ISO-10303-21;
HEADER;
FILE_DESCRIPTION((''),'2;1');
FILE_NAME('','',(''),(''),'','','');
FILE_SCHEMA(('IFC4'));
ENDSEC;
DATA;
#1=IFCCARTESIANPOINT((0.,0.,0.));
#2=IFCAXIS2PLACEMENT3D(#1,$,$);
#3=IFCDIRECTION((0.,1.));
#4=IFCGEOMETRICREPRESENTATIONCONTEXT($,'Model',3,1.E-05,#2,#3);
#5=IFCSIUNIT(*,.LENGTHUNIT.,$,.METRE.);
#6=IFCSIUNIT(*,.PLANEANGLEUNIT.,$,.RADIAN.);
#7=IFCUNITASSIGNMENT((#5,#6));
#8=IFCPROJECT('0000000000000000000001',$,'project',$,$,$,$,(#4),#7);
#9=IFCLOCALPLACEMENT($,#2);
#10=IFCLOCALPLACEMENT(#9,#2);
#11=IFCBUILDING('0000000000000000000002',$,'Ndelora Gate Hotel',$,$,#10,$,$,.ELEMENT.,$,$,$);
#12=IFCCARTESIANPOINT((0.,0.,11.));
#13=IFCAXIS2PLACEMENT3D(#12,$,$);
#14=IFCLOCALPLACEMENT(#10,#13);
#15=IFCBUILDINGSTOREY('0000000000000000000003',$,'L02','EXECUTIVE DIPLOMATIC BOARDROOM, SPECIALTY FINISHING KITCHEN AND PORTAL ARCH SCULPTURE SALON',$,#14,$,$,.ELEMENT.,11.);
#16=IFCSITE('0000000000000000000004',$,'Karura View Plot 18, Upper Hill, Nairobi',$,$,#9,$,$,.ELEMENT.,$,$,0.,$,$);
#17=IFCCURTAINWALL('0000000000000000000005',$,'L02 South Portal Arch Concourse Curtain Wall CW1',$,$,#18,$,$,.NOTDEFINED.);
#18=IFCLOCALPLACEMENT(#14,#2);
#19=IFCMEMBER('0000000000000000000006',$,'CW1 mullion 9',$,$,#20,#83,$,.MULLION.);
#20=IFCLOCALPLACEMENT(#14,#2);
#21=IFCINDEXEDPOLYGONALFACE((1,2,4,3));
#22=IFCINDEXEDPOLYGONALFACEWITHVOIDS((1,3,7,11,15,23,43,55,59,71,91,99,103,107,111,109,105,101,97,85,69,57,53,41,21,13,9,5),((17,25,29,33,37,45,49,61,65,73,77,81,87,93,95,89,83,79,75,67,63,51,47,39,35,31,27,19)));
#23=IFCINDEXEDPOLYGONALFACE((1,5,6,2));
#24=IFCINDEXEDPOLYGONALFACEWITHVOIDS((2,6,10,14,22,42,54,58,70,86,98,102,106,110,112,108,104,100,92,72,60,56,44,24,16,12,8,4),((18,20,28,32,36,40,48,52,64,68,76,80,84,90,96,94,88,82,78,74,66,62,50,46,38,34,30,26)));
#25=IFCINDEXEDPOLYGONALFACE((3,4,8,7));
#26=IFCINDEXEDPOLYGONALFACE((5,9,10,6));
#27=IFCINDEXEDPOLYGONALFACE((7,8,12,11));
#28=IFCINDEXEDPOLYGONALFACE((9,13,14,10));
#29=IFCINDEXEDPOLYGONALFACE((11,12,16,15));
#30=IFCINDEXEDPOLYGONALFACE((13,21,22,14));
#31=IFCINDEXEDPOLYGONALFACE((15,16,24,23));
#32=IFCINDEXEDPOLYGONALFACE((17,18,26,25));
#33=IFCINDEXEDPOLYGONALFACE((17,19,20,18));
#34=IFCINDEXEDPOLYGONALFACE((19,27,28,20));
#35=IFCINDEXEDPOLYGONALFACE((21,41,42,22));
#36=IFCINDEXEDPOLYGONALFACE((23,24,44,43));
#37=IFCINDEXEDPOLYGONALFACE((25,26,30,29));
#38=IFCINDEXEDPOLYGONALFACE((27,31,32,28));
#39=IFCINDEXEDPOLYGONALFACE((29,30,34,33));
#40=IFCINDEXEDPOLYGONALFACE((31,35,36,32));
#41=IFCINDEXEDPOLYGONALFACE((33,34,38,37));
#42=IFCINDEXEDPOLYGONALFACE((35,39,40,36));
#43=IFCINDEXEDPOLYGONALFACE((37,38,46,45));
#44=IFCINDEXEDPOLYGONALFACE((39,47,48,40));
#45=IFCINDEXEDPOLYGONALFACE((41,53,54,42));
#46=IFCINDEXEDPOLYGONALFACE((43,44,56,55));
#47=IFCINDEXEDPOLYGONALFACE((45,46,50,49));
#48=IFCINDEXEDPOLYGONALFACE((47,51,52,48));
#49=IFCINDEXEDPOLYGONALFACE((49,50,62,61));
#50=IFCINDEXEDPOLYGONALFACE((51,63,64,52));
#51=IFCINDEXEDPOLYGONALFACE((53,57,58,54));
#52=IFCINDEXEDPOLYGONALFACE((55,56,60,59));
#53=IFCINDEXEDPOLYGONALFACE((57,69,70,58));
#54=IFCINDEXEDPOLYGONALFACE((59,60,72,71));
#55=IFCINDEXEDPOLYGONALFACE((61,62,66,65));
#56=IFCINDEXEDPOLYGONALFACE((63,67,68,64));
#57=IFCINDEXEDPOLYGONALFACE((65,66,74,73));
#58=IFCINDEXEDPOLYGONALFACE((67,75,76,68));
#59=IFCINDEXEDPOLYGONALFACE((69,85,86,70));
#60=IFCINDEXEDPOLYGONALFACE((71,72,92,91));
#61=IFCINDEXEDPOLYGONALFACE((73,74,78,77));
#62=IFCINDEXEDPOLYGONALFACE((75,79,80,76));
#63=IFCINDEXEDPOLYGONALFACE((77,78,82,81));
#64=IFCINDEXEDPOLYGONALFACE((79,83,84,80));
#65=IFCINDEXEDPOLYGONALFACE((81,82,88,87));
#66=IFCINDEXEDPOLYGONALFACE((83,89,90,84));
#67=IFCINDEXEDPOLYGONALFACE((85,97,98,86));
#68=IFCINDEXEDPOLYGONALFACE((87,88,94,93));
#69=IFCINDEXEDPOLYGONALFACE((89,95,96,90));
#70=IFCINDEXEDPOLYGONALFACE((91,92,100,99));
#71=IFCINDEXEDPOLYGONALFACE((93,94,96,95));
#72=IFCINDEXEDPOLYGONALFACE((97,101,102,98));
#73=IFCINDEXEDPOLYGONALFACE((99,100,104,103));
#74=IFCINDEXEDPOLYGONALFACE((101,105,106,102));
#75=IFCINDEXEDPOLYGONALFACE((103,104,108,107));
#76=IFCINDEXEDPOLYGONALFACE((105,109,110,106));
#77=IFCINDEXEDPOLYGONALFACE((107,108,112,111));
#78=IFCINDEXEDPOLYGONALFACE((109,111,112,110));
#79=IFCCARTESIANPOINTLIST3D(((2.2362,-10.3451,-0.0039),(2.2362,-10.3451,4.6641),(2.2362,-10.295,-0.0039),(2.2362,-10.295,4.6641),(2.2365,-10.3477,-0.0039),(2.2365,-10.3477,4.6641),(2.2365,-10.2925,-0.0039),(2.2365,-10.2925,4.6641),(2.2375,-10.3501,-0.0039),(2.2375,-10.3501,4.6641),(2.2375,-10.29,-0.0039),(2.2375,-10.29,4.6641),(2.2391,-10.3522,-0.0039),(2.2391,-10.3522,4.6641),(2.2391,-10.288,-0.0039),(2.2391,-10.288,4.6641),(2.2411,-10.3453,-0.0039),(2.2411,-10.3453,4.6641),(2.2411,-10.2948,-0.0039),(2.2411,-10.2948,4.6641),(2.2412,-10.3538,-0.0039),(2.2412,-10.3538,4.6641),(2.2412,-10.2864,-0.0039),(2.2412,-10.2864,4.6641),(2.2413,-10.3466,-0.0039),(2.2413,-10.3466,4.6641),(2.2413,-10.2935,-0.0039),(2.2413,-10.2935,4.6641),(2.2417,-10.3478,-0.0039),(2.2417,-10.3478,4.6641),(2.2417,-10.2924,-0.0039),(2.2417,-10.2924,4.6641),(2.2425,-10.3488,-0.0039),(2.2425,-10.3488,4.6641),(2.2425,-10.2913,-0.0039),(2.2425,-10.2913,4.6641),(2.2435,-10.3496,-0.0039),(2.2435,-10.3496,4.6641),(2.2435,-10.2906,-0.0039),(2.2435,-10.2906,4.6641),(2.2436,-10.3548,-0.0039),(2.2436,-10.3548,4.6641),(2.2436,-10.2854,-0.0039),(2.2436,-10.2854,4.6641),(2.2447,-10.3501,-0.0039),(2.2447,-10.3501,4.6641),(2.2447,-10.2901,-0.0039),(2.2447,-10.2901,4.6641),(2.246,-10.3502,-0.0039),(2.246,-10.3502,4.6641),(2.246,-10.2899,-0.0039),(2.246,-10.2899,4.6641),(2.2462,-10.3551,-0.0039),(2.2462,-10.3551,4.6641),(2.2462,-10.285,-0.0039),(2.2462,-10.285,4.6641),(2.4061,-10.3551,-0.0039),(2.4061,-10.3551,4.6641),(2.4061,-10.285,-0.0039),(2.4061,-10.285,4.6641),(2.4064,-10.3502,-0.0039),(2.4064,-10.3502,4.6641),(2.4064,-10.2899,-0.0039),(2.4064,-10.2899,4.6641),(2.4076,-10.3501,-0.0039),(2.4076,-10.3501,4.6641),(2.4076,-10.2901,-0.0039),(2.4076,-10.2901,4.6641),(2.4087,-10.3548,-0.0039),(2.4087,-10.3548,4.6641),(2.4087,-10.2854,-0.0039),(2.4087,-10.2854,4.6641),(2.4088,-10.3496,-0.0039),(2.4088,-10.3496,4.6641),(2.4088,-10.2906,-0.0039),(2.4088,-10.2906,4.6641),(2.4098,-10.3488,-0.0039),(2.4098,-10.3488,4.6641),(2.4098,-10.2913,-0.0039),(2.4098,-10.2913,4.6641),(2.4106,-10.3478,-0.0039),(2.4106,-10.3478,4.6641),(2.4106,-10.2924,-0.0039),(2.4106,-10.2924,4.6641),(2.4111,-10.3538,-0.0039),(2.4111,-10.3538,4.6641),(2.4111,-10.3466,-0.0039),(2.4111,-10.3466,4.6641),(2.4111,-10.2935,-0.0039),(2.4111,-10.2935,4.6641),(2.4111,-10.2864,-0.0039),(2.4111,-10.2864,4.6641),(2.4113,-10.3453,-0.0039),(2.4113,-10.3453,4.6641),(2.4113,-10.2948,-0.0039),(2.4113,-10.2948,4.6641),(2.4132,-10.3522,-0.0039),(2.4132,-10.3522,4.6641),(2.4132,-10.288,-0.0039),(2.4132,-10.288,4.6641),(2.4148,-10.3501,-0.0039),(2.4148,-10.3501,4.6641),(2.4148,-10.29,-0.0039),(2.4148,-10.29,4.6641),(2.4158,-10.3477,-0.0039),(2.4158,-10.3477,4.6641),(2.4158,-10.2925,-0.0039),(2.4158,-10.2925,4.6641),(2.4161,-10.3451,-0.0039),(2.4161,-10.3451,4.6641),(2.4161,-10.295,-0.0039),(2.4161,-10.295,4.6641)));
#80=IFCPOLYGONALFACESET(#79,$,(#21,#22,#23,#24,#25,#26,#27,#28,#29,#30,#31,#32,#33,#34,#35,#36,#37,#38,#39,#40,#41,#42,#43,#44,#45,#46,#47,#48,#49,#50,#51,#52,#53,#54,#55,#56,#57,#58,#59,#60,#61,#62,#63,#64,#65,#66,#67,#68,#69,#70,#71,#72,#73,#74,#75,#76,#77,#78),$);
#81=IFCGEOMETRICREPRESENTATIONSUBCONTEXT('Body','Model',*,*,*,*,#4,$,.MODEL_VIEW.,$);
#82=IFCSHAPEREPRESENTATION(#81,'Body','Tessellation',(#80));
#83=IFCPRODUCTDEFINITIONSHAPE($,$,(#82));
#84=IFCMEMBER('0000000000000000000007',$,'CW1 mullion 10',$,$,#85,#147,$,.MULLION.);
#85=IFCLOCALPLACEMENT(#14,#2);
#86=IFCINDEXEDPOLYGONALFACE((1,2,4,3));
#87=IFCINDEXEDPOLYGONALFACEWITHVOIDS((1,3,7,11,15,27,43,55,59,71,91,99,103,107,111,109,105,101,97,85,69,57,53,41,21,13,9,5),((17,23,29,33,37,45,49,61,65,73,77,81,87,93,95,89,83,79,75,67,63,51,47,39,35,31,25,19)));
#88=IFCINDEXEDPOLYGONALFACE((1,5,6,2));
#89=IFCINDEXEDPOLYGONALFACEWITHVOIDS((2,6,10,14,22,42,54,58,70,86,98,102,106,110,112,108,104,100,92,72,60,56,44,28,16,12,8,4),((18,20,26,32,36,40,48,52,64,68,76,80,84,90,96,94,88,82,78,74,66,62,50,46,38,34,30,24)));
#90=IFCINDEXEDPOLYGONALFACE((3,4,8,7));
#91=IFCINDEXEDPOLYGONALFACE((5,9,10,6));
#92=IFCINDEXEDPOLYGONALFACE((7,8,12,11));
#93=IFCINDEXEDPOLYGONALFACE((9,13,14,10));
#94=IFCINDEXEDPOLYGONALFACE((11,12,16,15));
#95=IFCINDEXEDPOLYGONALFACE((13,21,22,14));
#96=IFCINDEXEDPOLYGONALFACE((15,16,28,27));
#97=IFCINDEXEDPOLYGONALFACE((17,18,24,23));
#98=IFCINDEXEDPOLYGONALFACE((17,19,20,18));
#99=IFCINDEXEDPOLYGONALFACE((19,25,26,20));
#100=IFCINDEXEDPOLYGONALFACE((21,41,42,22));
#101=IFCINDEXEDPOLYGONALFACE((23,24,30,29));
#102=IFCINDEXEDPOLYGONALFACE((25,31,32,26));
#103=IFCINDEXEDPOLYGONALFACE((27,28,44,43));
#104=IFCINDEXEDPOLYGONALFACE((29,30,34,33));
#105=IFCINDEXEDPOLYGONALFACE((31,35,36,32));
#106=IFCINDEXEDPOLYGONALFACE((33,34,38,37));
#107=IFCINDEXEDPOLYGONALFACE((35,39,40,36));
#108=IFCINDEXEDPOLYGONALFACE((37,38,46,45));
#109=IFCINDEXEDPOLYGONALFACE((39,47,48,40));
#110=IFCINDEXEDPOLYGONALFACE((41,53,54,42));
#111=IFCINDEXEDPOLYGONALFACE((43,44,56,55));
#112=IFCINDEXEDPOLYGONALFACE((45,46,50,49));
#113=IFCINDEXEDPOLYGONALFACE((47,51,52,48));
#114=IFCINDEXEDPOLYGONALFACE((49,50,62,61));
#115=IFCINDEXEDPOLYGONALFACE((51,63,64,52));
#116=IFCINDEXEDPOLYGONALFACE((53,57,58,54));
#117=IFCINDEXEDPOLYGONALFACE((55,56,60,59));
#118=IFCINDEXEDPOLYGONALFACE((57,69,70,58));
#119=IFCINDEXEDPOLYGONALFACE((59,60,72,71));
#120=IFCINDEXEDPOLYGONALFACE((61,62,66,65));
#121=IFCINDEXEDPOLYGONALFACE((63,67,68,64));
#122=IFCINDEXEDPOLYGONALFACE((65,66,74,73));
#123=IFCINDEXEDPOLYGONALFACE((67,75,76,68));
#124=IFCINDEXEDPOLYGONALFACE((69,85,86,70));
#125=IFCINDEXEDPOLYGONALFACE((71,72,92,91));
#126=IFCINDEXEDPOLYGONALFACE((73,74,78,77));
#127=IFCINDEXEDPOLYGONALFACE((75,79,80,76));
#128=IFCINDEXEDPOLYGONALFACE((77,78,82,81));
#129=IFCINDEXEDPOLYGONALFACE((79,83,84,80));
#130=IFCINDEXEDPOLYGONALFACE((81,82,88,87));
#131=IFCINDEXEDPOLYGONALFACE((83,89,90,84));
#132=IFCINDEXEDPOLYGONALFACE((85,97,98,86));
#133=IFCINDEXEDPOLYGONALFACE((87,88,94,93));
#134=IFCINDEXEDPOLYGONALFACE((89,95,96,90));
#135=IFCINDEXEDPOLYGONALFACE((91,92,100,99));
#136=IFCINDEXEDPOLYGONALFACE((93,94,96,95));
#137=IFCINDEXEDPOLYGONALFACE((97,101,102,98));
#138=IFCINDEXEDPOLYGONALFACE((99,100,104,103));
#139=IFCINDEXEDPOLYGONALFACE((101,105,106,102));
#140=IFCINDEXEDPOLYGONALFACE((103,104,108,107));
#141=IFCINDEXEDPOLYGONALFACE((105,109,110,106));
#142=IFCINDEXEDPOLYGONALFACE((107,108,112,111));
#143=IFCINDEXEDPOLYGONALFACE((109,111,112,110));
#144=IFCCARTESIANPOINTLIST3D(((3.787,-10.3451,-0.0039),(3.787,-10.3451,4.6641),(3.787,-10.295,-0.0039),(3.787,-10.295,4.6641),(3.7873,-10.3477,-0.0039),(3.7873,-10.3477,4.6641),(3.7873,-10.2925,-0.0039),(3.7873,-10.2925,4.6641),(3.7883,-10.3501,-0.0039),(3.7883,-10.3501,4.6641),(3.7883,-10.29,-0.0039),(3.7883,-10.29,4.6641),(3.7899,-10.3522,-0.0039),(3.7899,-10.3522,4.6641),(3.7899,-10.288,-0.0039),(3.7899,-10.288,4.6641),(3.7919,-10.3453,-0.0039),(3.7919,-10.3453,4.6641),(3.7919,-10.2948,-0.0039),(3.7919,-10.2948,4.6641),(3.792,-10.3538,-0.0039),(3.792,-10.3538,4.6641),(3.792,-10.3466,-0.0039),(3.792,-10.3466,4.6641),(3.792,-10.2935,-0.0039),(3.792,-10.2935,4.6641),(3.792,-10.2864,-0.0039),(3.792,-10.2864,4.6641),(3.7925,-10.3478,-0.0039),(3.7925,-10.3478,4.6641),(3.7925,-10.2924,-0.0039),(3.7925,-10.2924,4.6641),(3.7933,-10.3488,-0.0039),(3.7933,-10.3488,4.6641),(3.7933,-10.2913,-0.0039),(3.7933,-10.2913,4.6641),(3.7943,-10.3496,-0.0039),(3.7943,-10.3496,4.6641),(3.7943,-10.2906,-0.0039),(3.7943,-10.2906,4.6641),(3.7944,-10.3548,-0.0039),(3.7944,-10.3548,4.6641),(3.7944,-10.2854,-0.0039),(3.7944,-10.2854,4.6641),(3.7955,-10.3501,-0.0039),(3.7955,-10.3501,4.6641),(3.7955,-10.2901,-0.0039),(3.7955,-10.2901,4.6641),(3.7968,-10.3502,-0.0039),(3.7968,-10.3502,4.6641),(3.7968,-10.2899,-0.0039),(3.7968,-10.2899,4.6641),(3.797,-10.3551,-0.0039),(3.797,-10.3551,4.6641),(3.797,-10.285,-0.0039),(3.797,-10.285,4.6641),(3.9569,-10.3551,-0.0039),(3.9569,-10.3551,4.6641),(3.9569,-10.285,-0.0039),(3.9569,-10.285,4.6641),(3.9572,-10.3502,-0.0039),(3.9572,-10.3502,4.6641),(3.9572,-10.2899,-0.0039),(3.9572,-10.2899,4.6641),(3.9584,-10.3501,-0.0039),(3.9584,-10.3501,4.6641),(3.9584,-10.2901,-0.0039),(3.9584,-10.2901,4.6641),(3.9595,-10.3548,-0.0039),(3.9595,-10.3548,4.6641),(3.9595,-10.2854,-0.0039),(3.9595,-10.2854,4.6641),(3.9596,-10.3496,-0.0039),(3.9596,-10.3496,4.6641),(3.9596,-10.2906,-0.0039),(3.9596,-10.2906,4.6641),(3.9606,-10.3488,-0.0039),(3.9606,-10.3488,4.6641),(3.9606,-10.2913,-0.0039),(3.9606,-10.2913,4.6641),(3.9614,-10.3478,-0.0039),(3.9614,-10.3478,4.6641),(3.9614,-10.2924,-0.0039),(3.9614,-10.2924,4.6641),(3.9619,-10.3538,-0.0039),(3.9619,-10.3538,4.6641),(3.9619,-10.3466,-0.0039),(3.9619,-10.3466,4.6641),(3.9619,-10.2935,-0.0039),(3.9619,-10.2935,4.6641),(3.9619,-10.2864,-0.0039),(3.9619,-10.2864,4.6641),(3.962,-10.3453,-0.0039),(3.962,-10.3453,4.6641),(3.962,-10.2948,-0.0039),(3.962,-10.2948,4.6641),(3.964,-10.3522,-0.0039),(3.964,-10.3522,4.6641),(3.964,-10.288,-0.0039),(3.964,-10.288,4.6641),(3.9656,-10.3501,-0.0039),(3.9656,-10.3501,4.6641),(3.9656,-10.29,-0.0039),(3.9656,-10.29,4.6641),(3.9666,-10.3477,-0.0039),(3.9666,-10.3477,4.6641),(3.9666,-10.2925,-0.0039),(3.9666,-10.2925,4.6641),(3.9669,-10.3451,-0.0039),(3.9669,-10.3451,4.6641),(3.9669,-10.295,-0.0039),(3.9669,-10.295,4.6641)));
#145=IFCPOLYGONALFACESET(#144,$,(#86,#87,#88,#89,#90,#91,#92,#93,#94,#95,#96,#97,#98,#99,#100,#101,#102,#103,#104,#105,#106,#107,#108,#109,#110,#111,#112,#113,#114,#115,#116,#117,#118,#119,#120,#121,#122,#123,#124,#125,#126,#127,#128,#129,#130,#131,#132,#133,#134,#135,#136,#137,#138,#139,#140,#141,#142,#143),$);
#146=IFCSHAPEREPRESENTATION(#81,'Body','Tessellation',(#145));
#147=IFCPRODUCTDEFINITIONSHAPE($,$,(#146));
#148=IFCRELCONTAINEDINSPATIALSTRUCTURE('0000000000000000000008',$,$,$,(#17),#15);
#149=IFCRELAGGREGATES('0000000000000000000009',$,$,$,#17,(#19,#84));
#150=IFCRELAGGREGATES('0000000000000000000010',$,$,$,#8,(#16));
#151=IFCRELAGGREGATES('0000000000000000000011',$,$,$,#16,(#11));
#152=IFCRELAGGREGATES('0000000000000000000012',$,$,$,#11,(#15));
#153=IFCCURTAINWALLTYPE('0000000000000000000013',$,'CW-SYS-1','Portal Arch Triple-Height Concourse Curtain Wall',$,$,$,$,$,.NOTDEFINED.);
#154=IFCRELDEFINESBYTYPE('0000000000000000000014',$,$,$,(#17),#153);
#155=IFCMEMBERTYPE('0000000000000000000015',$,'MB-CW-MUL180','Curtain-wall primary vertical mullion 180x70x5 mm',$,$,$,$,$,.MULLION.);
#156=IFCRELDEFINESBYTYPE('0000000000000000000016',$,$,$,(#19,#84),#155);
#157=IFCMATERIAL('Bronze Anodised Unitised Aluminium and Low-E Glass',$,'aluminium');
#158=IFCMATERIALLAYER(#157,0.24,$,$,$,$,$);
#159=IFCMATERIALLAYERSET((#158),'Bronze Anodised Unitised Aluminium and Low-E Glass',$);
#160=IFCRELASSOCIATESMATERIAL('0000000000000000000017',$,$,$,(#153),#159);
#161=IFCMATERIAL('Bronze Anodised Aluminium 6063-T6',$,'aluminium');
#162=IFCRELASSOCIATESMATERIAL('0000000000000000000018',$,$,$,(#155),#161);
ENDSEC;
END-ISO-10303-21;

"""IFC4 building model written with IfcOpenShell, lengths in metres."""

from ifc_helpers import new_model, si_unit, direction, frame, origin, origin_2d, place, context, subcontext, project, spatial, hollow_rectangle, extrude, material, layer, layer_set, material_profile, profile_set, type_object, element, aggregate, save


model = new_model("IFC4")

# Units and contexts
model_context = context("Model", 3, precision=1e-05, world=origin(), true_north=direction((0.0, 1.0)))
body_context = subcontext(model_context, "Body", "Model", "MODEL_VIEW")
ifc_project = project(units=[si_unit("LENGTHUNIT", "METRE"), si_unit("PLANEANGLEUNIT", "RADIAN")], contexts=[model_context])

# Site, building, storey
site_placement = place(None, origin())
site = spatial("IfcSite", under=ifc_project, at=site_placement, Name="Karura View Plot 18, Upper Hill, Nairobi", CompositionType="ELEMENT", RefElevation=0.0)
building_placement = place(site_placement, origin())
building = spatial("IfcBuilding", under=site, at=building_placement, Name="Ndelora Gate Hotel", CompositionType="ELEMENT")
storey_placement = place(building_placement, frame((0.0, 0.0, 11.0)))
storey = spatial("IfcBuildingStorey", under=building, at=storey_placement, Name="L02", Description="EXECUTIVE DIPLOMATIC BOARDROOM, SPECIALTY FINISHING KITCHEN AND PORTAL ARCH SCULPTURE SALON", CompositionType="ELEMENT", Elevation=11.0)

# Curtain wall, members
ifc_material_1 = material(Name="Bronze Anodised Unitised Aluminium and Low-E Glass", Category="aluminium")
ifc_layer_1 = layer(ifc_material_1, 0.24)
ifc_layer_set_1 = layer_set([ifc_layer_1], Name="Bronze Anodised Unitised Aluminium and Low-E Glass")
curtain_wall_type = type_object("IfcCurtainWallType", Name="CW-SYS-1", Description="Portal Arch Triple-Height Concourse Curtain Wall", PredefinedType="NOTDEFINED", material=ifc_layer_set_1)
curtain_wall_placement = place(storey_placement, origin())
curtain_wall = element("IfcCurtainWall", 1, at=curtain_wall_placement, inside=storey, type_object=curtain_wall_type, Name="L02 South Portal Arch Concourse Curtain Wall CW1", PredefinedType="NOTDEFINED")
ifc_material_2 = material(Name="Bronze Anodised Aluminium 6063-T6", Category="aluminium")
ifc_material_profile_1 = material_profile(ifc_material_2, hollow_rectangle(XDim=0.0701, YDim=0.1799, WallThickness=0.0049, InnerFilletRadius=0.0049, OuterFilletRadius=0.01, at=origin_2d()), Name="ALU 180x70x5")
ifc_profile_set_1 = profile_set([ifc_material_profile_1], Name="Bronze Anodised Aluminium 6063-T6")
member_type_1 = type_object("IfcMemberType", Name="MB-CW-MUL180", Description="Curtain-wall primary vertical mullion 180x70x5 mm", PredefinedType="MULLION", material=ifc_profile_set_1)
member_1_placement = place(storey_placement, frame((2.3262, -10.3201, -0.0039), z_axis=(0.0, 0.0, 1.0), x_axis=(0.0, 1.0, 0.0)))
member_1 = element("IfcMember", 2, at=member_1_placement, type_object=member_type_1, Name="CW1 mullion 9", PredefinedType="MULLION", context=body_context, shape_type="SweptSolid", body=[
    extrude(hollow_rectangle(XDim=0.0701, YDim=0.1799, WallThickness=0.0049, InnerFilletRadius=0.0049, OuterFilletRadius=0.01, at=origin_2d()), origin(), (0.0, 0.0, 1.0), 4.668),
])
member_2_placement = place(storey_placement, frame((3.877, -10.3201, -0.0039), z_axis=(0.0, 0.0, 1.0), x_axis=(0.0, 1.0, 0.0)))
member_2 = element("IfcMember", 3, at=member_2_placement, type_object=member_type_1, Name="CW1 mullion 10", PredefinedType="MULLION", context=body_context, shape_type="SweptSolid", body=[
    extrude(hollow_rectangle(XDim=0.0701, YDim=0.1799, WallThickness=0.0049, InnerFilletRadius=0.0049, OuterFilletRadius=0.01, at=origin_2d()), origin(), (0.0, 0.0, 1.0), 4.668),
])
aggregate(curtain_wall, [member_1, member_2])

save(model, "model.ifc")
